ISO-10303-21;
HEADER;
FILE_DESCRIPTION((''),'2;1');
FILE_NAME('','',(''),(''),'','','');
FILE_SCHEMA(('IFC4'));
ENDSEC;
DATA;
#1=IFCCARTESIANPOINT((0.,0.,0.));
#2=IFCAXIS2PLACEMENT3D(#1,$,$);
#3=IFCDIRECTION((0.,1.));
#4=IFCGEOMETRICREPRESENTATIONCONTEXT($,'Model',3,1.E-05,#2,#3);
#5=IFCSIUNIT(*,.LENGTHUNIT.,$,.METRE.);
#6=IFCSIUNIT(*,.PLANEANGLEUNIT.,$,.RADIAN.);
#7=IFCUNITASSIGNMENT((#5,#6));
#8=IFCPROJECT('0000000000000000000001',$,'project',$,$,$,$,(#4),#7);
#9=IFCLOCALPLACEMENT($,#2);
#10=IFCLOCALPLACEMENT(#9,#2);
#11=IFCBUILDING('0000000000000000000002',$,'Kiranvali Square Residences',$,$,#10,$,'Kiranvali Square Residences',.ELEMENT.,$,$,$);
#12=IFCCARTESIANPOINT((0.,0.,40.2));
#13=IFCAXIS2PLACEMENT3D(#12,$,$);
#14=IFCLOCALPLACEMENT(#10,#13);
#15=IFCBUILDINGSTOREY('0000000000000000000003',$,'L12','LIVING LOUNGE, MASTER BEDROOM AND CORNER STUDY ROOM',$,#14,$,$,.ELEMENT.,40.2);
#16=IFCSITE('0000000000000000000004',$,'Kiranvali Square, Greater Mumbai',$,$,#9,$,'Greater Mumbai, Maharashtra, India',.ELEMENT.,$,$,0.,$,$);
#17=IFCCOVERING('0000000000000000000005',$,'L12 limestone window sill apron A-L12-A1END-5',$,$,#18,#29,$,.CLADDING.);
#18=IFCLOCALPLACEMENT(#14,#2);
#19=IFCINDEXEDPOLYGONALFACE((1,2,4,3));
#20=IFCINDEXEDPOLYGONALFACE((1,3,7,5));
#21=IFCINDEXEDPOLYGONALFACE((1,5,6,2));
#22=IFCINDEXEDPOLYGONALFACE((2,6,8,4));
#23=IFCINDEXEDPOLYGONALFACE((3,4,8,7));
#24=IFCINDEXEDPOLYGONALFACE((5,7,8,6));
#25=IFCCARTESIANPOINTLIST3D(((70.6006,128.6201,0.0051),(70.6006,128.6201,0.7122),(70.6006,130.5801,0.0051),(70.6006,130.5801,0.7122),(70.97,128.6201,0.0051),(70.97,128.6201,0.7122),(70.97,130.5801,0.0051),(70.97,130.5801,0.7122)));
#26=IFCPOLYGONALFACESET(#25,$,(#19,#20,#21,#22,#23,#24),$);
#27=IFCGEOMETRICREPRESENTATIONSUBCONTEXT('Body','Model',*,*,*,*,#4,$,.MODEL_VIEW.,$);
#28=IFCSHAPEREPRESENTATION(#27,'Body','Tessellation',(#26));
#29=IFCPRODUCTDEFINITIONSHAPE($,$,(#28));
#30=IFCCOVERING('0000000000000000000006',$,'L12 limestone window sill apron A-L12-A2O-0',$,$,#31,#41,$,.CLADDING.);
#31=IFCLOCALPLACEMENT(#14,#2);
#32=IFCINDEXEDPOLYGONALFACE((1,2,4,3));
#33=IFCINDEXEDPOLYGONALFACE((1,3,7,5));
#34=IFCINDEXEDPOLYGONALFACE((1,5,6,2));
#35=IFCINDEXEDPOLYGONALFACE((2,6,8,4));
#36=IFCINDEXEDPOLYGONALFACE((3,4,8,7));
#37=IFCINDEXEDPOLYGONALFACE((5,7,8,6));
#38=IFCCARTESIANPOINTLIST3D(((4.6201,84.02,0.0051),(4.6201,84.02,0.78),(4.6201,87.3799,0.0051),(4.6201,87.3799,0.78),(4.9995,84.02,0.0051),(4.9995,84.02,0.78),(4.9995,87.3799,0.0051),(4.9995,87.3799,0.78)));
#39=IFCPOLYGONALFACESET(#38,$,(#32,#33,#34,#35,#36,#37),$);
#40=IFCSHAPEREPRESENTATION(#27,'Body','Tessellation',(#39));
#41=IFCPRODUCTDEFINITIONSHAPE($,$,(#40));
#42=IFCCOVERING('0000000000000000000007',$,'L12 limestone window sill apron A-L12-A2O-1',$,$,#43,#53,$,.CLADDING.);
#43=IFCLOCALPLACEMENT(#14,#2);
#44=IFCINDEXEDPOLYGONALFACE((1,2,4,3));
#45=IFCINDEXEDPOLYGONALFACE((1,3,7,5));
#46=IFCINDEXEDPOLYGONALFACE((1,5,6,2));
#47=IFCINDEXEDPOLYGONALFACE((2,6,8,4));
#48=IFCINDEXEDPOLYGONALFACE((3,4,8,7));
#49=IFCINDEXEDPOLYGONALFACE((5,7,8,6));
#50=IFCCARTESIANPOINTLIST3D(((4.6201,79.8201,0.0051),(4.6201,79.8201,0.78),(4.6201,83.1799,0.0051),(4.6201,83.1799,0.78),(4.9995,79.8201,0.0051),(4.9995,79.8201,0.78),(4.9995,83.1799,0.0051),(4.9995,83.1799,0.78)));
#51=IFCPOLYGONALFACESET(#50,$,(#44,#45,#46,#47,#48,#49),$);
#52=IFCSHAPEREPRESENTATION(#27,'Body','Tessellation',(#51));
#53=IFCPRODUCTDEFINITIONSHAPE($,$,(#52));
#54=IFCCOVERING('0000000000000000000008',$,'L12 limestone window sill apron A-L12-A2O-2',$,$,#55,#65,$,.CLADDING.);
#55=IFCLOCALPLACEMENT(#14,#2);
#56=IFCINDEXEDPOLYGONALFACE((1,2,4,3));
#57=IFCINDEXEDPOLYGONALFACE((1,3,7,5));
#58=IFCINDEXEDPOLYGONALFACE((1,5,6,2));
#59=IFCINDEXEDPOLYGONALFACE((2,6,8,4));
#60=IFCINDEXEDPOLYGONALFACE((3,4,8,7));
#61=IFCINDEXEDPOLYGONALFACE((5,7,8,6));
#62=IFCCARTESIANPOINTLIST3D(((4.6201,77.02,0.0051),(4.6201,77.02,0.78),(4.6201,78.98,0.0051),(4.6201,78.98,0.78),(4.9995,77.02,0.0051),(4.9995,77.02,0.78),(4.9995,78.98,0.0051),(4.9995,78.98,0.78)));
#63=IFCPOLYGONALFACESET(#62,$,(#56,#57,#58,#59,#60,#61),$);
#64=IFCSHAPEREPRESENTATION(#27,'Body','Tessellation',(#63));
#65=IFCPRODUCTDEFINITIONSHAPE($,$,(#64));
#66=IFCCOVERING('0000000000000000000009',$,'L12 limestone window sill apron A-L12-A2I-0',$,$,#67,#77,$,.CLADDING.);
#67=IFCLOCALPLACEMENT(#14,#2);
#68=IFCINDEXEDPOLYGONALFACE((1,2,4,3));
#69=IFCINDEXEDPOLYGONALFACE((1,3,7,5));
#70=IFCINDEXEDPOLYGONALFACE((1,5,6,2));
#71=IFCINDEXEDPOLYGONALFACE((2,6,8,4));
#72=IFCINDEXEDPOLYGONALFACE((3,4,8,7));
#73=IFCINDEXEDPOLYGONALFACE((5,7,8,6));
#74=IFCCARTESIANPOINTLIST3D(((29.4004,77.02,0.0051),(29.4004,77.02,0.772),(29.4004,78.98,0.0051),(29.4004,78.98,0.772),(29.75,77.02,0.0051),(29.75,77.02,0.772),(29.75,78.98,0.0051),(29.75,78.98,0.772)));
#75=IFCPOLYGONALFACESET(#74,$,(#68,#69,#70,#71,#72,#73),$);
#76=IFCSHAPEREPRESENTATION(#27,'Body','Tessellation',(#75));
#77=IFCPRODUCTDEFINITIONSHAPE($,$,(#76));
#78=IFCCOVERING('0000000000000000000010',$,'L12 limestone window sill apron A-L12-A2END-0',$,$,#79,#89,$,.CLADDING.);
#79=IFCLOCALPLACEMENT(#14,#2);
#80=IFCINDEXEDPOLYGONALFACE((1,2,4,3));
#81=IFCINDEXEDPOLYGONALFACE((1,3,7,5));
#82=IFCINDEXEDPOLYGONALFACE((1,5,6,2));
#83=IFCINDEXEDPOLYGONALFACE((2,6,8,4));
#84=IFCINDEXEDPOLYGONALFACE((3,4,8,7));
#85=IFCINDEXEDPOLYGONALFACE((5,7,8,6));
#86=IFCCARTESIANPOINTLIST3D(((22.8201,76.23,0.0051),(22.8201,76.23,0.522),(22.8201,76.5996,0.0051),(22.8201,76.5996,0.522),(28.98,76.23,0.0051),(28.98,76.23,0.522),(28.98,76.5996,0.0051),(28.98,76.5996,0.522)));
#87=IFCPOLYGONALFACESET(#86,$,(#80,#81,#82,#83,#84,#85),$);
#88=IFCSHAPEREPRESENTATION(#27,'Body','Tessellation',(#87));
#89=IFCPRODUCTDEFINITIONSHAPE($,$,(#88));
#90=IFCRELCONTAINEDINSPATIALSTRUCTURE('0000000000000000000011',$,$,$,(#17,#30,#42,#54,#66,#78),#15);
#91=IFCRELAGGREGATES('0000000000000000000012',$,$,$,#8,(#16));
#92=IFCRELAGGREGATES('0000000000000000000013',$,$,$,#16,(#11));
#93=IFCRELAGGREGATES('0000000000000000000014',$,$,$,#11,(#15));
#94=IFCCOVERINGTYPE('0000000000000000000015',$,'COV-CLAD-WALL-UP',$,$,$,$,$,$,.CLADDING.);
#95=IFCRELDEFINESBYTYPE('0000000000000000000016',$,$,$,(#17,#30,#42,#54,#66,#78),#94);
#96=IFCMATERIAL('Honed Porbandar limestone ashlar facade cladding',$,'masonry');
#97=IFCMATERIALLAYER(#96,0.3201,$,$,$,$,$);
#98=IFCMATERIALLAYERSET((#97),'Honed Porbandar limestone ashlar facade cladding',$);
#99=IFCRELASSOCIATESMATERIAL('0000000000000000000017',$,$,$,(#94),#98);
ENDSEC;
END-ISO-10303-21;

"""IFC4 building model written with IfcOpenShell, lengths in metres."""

from ifc_helpers import new_model, si_unit, direction, frame, origin, place, context, subcontext, project, spatial, polyline, outline, extrude, material, layer, layer_set, type_object, element, save


model = new_model("IFC4")

# Units and contexts
model_context = context("Model", 3, precision=1e-05, world=origin(), true_north=direction((0.0, 1.0)))
body_context = subcontext(model_context, "Body", "Model", "MODEL_VIEW")
ifc_project = project(units=[si_unit("LENGTHUNIT", "METRE"), si_unit("PLANEANGLEUNIT", "RADIAN")], contexts=[model_context])

# Site, building, storey
site_placement = place(None, origin())
site = spatial("IfcSite", under=ifc_project, at=site_placement, Name="Kiranvali Square, Greater Mumbai", LongName="Greater Mumbai, Maharashtra, India", CompositionType="ELEMENT", RefElevation=0.0)
building_placement = place(site_placement, origin())
building = spatial("IfcBuilding", under=site, at=building_placement, Name="Kiranvali Square Residences", LongName="Kiranvali Square Residences", CompositionType="ELEMENT")
storey_placement = place(building_placement, frame((0.0, 0.0, 40.2)))
storey = spatial("IfcBuildingStorey", under=building, at=storey_placement, Name="L12", Description="LIVING LOUNGE, MASTER BEDROOM AND CORNER STUDY ROOM", CompositionType="ELEMENT", Elevation=40.2)

# Coverings
ifc_material = material(Name="Honed Porbandar limestone ashlar facade cladding", Category="masonry")
ifc_layer_1 = layer(ifc_material, 0.3201)
ifc_layer_set_1 = layer_set([ifc_layer_1], Name="Honed Porbandar limestone ashlar facade cladding")
covering_type_1 = type_object("IfcCoveringType", Name="COV-CLAD-WALL-UP", PredefinedType="CLADDING", material=ifc_layer_set_1)
covering_1_placement = place(storey_placement, frame((0.0, 0.0, 0.0051)))
element("IfcCovering", 1, at=covering_1_placement, inside=storey, type_object=covering_type_1, Name="L12 limestone window sill apron A-L12-A1END-5", PredefinedType="CLADDING", context=body_context, shape_type="SweptSolid", body=[
    extrude(outline(polyline([(70.97, 128.6201), (70.97, 130.5801), (70.6006, 130.5801), (70.6006, 128.6201), (70.97, 128.6201)])), origin(), (0.0, 0.0, 1.0), 0.707),
])
covering_2_placement = place(storey_placement, frame((0.0, 0.0, 0.0051)))
element("IfcCovering", 2, at=covering_2_placement, inside=storey, type_object=covering_type_1, Name="L12 limestone window sill apron A-L12-A2O-0", PredefinedType="CLADDING", context=body_context, shape_type="SweptSolid", body=[
    extrude(outline(polyline([(4.6201, 87.3799), (4.6201, 84.02), (4.9995, 84.02), (4.9995, 87.3799), (4.6201, 87.3799)])), origin(), (0.0, 0.0, 1.0), 0.7749),
])
covering_3_placement = place(storey_placement, frame((0.0, 0.0, 0.0051)))
element("IfcCovering", 3, at=covering_3_placement, inside=storey, type_object=covering_type_1, Name="L12 limestone window sill apron A-L12-A2O-1", PredefinedType="CLADDING", context=body_context, shape_type="SweptSolid", body=[
    extrude(outline(polyline([(4.6201, 83.1799), (4.6201, 79.8201), (4.9995, 79.8201), (4.9995, 83.1799), (4.6201, 83.1799)])), origin(), (0.0, 0.0, 1.0), 0.7749),
])
covering_4_placement = place(storey_placement, frame((0.0, 0.0, 0.0051)))
element("IfcCovering", 4, at=covering_4_placement, inside=storey, type_object=covering_type_1, Name="L12 limestone window sill apron A-L12-A2O-2", PredefinedType="CLADDING", context=body_context, shape_type="SweptSolid", body=[
    extrude(outline(polyline([(4.6201, 78.98), (4.6201, 77.02), (4.9995, 77.02), (4.9995, 78.98), (4.6201, 78.98)])), origin(), (0.0, 0.0, 1.0), 0.7749),
])
covering_5_placement = place(storey_placement, frame((0.0, 0.0, 0.0051)))
element("IfcCovering", 5, at=covering_5_placement, inside=storey, type_object=covering_type_1, Name="L12 limestone window sill apron A-L12-A2I-0", PredefinedType="CLADDING", context=body_context, shape_type="SweptSolid", body=[
    extrude(outline(polyline([(29.4004, 78.98), (29.4004, 77.02), (29.75, 77.02), (29.75, 78.98), (29.4004, 78.98)])), origin(), (0.0, 0.0, 1.0), 0.7668),
])
covering_6_placement = place(storey_placement, frame((0.0, 0.0, 0.0051)))
element("IfcCovering", 6, at=covering_6_placement, inside=storey, type_object=covering_type_1, Name="L12 limestone window sill apron A-L12-A2END-0", PredefinedType="CLADDING", context=body_context, shape_type="SweptSolid", body=[
    extrude(outline(polyline([(28.98, 76.5996), (22.8201, 76.5996), (22.8201, 76.23), (28.98, 76.23), (28.98, 76.5996)])), origin(), (0.0, 0.0, 1.0), 0.5168),
])

save(model, "model.ifc")
